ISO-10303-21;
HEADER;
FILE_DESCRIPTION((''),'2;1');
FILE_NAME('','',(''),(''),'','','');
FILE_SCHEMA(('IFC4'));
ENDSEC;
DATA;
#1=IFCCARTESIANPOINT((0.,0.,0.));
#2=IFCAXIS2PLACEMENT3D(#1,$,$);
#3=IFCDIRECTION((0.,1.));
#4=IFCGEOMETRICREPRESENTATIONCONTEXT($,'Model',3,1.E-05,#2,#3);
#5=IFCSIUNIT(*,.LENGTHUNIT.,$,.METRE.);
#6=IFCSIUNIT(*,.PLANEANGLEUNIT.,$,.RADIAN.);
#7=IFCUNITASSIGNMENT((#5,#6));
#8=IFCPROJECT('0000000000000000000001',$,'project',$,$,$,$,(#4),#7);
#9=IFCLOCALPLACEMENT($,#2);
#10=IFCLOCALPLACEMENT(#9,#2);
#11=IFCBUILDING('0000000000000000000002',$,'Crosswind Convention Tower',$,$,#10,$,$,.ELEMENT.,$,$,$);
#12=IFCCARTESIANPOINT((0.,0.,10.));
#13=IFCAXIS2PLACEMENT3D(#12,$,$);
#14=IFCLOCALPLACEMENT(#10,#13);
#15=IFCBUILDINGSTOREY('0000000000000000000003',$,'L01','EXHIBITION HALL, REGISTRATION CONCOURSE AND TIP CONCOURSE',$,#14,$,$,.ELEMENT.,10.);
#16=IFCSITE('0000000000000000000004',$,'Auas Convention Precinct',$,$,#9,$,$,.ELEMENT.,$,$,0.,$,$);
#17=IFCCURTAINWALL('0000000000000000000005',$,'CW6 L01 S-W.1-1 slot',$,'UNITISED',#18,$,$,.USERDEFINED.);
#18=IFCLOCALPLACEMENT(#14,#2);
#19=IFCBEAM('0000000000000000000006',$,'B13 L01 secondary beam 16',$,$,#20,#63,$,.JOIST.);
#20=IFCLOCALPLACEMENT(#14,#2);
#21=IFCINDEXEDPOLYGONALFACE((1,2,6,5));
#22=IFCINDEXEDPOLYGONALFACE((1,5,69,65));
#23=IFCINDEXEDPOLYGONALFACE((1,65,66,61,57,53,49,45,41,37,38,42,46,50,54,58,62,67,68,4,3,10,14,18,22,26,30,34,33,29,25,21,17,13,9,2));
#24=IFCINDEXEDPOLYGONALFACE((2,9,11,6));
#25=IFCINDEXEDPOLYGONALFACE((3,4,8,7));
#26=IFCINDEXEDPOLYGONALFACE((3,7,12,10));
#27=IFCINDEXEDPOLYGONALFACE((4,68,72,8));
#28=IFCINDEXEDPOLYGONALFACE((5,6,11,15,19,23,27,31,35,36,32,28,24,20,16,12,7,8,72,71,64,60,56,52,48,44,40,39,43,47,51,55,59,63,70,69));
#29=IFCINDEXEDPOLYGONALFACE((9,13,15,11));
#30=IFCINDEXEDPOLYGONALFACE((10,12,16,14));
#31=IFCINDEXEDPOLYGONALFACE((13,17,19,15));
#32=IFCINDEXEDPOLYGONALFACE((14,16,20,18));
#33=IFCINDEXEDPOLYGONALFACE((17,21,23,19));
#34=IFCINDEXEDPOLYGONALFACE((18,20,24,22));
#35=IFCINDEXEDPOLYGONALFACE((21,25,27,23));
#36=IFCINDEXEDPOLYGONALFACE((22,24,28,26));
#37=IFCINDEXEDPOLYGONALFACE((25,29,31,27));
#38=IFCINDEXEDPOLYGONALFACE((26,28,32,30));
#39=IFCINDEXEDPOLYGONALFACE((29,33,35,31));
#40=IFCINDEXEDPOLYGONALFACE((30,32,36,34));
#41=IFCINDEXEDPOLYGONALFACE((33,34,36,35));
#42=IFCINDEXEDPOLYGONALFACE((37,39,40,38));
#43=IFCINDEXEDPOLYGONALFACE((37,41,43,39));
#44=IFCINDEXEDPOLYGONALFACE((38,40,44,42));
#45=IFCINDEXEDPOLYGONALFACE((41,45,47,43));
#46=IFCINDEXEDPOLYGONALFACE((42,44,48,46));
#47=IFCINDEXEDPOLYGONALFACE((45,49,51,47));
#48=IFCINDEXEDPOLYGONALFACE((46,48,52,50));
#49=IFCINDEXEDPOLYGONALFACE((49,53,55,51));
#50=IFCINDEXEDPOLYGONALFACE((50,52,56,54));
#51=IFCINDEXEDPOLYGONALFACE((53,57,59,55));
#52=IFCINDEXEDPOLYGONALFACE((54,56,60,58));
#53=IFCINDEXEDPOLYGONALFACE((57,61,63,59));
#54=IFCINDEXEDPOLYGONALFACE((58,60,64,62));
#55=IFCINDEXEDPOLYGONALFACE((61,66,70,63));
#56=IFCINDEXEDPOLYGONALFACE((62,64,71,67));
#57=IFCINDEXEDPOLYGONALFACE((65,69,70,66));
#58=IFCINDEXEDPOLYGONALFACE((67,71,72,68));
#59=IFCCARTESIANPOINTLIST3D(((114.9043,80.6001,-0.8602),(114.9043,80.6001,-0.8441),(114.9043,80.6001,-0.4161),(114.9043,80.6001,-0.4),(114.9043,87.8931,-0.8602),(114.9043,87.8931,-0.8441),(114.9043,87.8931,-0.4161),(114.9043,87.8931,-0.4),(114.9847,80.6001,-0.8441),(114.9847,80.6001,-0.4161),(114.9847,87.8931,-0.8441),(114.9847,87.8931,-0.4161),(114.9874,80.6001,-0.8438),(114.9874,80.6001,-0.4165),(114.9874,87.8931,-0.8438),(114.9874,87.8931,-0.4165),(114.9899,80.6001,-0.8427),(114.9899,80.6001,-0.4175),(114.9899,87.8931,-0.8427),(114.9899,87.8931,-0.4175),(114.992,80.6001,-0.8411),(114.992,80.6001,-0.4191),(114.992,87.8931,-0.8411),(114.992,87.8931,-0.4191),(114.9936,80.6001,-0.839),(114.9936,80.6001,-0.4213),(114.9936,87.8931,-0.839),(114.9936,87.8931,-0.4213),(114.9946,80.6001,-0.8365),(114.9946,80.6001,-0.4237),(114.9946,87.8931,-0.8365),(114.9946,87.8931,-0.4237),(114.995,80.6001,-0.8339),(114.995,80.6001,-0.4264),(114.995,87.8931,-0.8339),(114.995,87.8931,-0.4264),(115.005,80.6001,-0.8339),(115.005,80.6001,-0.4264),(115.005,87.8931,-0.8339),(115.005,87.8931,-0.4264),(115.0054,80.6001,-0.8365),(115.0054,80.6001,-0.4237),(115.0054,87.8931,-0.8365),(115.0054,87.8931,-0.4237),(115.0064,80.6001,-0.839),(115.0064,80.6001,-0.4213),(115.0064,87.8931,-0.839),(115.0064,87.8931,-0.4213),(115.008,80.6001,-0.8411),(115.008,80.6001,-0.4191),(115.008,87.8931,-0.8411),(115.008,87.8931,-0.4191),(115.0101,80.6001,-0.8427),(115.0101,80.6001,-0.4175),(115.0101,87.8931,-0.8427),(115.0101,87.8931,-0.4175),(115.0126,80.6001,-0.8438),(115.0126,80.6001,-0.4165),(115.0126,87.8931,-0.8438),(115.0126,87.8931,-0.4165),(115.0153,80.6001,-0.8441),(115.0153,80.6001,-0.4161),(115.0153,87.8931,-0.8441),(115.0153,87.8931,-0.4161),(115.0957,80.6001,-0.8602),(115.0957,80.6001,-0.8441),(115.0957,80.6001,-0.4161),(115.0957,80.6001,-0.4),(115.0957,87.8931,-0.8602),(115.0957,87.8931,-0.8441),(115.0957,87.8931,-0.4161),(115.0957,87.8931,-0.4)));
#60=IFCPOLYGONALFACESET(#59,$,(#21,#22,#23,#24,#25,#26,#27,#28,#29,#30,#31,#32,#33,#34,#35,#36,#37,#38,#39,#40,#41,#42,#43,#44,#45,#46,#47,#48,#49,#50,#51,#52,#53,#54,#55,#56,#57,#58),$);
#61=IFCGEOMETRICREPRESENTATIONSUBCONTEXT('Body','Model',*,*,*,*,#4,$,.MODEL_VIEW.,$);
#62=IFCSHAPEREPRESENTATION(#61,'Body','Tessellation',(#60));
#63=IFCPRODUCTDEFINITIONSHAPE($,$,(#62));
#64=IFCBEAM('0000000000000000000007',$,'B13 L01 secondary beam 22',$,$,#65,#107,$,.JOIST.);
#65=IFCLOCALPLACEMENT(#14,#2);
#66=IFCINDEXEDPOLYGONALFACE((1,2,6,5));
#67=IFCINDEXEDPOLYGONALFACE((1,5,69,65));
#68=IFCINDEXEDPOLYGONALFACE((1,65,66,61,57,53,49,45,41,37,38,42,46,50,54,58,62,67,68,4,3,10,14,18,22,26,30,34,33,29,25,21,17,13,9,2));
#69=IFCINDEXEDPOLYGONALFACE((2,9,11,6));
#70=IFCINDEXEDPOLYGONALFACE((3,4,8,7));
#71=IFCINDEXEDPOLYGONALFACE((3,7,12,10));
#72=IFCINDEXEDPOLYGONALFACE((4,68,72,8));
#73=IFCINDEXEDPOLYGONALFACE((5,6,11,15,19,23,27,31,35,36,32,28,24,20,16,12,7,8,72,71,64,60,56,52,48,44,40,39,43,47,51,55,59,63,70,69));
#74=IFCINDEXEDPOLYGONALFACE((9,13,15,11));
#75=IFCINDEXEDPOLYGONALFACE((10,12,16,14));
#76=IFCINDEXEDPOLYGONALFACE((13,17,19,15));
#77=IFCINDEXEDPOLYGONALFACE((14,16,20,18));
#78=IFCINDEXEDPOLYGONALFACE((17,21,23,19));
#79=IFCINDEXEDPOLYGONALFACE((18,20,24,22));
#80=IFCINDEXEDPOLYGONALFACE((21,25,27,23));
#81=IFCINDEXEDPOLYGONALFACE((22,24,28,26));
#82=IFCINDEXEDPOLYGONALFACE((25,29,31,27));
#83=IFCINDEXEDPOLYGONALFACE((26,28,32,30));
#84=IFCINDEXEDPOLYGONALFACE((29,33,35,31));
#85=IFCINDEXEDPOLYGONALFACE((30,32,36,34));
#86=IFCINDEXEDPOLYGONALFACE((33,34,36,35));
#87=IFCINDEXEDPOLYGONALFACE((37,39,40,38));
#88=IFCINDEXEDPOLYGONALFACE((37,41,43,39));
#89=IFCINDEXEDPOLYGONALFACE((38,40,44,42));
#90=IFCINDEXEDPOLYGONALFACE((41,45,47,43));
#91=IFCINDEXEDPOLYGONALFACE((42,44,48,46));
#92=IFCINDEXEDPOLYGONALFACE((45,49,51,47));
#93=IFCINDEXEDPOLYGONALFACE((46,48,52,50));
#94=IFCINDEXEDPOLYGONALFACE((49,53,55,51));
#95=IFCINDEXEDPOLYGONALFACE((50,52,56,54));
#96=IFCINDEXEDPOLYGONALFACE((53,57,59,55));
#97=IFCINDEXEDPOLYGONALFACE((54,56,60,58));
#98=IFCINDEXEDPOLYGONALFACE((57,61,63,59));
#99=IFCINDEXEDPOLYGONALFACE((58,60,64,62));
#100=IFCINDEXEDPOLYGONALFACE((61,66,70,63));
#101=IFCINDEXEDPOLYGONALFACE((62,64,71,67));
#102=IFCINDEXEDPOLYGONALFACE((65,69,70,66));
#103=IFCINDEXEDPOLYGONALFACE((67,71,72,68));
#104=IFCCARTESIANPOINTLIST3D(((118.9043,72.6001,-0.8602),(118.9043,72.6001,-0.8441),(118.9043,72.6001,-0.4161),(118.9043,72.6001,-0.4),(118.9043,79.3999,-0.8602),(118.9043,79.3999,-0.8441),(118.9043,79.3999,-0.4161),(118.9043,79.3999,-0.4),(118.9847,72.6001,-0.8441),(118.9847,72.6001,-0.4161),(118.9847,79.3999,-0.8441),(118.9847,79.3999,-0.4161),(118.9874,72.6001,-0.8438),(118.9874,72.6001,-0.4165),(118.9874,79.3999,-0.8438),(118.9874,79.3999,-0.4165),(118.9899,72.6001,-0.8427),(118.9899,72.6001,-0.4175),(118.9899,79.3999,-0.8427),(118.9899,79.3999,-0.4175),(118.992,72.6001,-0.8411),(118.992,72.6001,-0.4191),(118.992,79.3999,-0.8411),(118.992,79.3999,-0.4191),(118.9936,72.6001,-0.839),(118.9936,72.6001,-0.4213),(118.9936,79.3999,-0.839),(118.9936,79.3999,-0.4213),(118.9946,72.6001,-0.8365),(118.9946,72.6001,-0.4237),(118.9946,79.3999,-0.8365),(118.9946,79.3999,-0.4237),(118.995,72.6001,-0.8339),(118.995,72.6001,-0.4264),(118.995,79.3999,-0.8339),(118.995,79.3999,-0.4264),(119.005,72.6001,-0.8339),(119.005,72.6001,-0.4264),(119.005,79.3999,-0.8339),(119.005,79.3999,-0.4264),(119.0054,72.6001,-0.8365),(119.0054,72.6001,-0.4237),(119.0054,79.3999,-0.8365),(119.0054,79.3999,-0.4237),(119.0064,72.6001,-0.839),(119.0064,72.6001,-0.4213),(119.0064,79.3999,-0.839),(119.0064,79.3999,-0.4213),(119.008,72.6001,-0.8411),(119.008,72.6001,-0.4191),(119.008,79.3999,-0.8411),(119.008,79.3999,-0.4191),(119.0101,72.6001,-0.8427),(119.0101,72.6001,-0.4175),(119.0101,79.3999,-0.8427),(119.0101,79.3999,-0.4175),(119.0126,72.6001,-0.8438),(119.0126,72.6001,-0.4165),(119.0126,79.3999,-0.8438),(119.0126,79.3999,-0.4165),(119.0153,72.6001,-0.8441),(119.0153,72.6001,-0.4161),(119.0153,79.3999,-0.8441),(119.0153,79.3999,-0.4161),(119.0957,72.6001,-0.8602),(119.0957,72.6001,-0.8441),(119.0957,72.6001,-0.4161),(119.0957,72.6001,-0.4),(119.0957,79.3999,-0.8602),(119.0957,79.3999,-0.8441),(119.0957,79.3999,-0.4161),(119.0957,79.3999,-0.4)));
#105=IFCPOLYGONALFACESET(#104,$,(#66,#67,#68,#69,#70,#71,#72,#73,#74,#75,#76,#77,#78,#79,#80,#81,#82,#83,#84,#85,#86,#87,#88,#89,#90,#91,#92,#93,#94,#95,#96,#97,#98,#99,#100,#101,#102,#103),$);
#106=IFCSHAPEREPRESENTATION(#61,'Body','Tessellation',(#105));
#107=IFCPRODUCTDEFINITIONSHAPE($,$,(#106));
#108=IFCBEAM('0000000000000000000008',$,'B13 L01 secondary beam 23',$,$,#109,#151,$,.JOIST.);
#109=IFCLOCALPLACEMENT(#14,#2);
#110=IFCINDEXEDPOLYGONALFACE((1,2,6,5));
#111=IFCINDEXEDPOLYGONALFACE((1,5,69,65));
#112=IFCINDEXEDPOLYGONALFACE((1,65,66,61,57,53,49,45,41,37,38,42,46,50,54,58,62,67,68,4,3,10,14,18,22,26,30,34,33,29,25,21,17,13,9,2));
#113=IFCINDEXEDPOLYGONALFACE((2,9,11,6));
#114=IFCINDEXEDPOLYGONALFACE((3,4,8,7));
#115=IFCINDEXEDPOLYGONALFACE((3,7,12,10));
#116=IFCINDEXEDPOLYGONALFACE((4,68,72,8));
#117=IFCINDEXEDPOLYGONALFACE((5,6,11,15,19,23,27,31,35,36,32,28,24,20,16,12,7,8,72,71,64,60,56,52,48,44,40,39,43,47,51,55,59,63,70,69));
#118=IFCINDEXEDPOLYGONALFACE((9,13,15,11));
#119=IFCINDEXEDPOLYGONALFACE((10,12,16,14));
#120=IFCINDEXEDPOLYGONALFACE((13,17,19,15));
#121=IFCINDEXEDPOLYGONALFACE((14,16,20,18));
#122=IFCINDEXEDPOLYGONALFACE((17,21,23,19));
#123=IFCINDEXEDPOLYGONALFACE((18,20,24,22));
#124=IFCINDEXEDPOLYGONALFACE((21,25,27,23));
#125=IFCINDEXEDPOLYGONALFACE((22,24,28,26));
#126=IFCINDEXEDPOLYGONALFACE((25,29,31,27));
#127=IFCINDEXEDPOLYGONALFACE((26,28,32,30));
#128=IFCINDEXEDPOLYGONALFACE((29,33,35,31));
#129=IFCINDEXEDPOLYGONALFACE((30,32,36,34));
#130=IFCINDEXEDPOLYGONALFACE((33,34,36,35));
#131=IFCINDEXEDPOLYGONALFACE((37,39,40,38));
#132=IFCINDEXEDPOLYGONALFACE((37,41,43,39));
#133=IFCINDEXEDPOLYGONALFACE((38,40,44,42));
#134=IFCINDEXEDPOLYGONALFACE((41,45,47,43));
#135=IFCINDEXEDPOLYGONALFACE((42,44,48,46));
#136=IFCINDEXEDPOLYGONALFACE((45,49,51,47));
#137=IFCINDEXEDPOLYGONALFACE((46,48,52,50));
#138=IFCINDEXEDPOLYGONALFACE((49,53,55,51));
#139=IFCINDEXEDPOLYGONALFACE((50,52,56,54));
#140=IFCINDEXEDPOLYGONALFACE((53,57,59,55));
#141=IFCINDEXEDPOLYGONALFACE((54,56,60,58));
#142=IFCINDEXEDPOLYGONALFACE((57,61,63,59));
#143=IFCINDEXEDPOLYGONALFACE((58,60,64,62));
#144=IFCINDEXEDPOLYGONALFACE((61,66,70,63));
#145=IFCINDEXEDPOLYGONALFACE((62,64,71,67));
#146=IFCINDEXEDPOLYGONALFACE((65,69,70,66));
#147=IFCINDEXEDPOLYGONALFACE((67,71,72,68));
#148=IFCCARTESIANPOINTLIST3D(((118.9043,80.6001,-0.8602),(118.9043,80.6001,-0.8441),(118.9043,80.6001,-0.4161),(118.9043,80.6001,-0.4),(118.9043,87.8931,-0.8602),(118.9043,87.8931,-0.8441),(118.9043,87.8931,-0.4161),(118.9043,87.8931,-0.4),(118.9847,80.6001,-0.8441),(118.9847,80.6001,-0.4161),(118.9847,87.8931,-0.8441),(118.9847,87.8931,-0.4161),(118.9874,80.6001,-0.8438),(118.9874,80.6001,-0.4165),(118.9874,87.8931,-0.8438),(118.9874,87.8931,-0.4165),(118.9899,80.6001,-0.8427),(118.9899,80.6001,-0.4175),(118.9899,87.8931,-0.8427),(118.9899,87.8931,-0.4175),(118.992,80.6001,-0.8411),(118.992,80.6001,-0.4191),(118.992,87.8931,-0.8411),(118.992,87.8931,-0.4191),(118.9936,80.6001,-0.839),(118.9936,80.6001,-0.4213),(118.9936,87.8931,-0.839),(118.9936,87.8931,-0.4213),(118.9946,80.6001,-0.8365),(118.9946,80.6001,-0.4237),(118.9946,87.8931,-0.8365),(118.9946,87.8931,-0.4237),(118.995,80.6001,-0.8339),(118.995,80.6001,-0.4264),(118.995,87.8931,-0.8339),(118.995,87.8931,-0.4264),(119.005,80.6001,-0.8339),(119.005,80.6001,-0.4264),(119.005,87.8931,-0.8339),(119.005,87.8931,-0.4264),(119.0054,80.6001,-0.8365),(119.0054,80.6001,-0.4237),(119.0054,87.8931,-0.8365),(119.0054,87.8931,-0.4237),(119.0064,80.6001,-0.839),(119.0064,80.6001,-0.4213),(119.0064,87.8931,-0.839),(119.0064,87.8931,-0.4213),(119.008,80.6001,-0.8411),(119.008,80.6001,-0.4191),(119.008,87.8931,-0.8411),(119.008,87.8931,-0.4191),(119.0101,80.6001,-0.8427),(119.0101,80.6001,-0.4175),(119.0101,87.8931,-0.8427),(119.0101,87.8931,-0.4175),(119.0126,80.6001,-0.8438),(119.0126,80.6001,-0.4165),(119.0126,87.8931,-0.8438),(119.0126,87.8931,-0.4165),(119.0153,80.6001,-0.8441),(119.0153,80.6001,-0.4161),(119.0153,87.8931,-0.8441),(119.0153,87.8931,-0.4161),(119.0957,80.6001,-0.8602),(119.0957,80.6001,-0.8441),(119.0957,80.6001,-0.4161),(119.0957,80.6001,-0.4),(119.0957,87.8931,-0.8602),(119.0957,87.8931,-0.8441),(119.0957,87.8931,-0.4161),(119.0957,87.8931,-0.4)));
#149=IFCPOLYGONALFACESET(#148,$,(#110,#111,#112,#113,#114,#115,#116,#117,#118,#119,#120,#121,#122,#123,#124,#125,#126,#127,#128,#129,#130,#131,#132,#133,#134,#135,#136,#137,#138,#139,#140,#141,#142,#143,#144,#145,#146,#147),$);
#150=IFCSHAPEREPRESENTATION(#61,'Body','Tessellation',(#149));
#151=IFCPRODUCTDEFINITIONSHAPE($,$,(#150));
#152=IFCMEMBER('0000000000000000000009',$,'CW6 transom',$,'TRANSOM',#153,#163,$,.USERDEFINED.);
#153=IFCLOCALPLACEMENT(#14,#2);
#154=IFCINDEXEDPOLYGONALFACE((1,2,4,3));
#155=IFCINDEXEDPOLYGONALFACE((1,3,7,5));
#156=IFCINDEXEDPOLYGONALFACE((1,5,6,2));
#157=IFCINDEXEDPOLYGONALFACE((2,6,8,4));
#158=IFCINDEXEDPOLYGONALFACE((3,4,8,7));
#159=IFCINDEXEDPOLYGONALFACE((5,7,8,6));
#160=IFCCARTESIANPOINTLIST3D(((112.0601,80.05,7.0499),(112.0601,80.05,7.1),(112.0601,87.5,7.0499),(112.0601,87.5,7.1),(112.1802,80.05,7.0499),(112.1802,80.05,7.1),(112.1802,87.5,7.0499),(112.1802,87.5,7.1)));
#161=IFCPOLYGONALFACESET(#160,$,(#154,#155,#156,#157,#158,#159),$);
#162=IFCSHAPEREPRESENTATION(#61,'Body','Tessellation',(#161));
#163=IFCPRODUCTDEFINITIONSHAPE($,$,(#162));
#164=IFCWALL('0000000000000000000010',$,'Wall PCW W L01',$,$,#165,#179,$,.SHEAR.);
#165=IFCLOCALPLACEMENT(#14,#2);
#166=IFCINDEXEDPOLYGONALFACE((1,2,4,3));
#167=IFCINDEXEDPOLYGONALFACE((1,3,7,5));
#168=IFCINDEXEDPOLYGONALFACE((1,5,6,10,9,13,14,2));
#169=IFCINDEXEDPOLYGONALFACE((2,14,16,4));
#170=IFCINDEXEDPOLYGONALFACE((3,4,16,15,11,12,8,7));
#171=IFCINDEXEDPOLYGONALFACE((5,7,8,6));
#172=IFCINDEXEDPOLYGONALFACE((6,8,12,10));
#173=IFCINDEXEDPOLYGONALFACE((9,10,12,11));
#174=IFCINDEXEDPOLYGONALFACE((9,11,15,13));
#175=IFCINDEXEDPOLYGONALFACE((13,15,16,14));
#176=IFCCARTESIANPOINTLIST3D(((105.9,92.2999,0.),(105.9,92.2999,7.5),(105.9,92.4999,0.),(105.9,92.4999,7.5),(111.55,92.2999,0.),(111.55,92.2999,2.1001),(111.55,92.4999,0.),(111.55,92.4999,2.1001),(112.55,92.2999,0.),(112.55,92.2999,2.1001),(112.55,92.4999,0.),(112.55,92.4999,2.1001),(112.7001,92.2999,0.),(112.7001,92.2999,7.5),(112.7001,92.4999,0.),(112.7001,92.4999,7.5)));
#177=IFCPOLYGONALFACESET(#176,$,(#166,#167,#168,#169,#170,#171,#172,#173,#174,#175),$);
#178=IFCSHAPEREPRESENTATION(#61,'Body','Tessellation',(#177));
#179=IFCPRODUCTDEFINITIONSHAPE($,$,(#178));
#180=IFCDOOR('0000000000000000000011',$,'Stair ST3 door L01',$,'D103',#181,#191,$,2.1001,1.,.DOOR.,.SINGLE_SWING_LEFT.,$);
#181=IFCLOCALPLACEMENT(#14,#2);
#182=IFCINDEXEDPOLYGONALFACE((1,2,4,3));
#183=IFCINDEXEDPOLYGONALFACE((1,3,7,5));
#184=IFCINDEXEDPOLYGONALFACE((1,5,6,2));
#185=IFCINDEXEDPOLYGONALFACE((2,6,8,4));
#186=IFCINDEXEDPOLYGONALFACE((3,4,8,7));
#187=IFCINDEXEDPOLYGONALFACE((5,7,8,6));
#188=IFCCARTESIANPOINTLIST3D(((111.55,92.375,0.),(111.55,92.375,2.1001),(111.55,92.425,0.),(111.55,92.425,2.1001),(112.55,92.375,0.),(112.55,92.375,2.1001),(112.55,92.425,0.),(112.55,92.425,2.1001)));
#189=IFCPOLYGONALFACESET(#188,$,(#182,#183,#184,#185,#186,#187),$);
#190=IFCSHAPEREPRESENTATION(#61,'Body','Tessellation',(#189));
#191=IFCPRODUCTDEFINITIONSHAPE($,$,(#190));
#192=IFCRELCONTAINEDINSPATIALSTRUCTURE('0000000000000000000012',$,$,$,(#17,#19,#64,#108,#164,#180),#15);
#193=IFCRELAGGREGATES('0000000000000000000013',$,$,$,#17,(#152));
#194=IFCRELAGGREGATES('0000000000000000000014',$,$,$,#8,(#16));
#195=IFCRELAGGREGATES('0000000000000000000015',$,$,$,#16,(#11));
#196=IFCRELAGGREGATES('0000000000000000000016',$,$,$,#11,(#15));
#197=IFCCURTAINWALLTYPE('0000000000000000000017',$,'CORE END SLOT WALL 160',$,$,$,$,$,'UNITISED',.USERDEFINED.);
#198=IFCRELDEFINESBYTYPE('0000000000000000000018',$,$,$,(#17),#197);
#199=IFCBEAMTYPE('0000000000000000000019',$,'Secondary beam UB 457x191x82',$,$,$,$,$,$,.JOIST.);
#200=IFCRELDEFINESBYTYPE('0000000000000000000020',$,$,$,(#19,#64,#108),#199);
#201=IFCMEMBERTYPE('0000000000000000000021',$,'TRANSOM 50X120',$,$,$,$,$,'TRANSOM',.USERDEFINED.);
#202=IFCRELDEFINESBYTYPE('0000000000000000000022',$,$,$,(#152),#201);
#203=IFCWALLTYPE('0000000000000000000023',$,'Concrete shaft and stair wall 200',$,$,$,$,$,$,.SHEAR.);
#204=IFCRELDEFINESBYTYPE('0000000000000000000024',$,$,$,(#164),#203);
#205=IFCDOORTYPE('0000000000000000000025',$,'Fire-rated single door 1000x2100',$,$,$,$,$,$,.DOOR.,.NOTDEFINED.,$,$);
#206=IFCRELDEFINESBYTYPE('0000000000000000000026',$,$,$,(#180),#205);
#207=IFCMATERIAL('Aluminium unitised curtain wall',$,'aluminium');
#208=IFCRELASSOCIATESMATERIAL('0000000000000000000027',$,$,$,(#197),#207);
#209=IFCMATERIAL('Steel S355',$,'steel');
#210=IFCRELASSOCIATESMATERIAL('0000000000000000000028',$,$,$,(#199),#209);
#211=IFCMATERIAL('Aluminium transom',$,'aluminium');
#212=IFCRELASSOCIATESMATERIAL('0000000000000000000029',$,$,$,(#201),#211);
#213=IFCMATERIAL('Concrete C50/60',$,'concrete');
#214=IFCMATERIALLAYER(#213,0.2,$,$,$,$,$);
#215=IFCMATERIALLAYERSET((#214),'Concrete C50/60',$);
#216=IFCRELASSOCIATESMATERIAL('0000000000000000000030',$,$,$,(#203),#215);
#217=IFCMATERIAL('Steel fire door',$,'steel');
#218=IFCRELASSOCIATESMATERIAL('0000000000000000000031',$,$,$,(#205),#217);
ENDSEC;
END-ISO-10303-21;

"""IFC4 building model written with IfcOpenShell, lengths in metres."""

from ifc_helpers import new_model, si_unit, direction, frame, frame_2d, origin, origin_2d, place, context, subcontext, project, spatial, rectangle, i_section, extrude, material, layer, layer_set, material_profile, profile_set, type_object, element, fill, aggregate, save


model = new_model("IFC4")

# Units and contexts
model_context = context("Model", 3, precision=1e-05, world=origin(), true_north=direction((0.0, 1.0)))
body_context = subcontext(model_context, "Body", "Model", "MODEL_VIEW")
ifc_project = project(units=[si_unit("LENGTHUNIT", "METRE"), si_unit("PLANEANGLEUNIT", "RADIAN")], contexts=[model_context])

# Site, building, storey
site_placement = place(None, origin())
site = spatial("IfcSite", under=ifc_project, at=site_placement, Name="Auas Convention Precinct", CompositionType="ELEMENT", RefElevation=0.0)
building_placement = place(site_placement, origin())
building = spatial("IfcBuilding", under=site, at=building_placement, Name="Crosswind Convention Tower", CompositionType="ELEMENT")
storey_placement = place(building_placement, frame((0.0, 0.0, 10.0)))
storey = spatial("IfcBuildingStorey", under=building, at=storey_placement, Name="L01", Description="EXHIBITION HALL, REGISTRATION CONCOURSE AND TIP CONCOURSE", CompositionType="ELEMENT", Elevation=10.0)

# Shared definitions
ifc_material_1 = material(Name="Steel S355", Category="steel")

# Curtain wall
ifc_material_2 = material(Name="Aluminium unitised curtain wall", Category="aluminium")
curtain_wall_type = type_object("IfcCurtainWallType", Name="CORE END SLOT WALL 160", ElementType="UNITISED", PredefinedType="USERDEFINED", material=ifc_material_2)
curtain_wall_placement = place(storey_placement, origin())
curtain_wall = element("IfcCurtainWall", 1, at=curtain_wall_placement, inside=storey, type_object=curtain_wall_type, Name="CW6 L01 S-W.1-1 slot", ObjectType="UNITISED", PredefinedType="USERDEFINED")

# Beams
ifc_material_profile_1 = material_profile(ifc_material_1, i_section(OverallWidth=0.1914, OverallDepth=0.4602, WebThickness=0.01, FlangeThickness=0.0161, FilletRadius=0.0103, at=origin_2d()), Name="UB 457x191x82")
ifc_profile_set_1 = profile_set([ifc_material_profile_1], Name="Steel S355")
beam_type_1 = type_object("IfcBeamType", Name="Secondary beam UB 457x191x82", PredefinedType="JOIST", material=ifc_profile_set_1)
beam_1_placement = place(storey_placement, frame((115.0, 80.6001, -0.6301), z_axis=(0.0, 1.0, 0.0), x_axis=(-1.0, 0.0, 0.0)))
element("IfcBeam", 2, at=beam_1_placement, inside=storey, type_object=beam_type_1, Name="B13 L01 secondary beam 16", PredefinedType="JOIST", context=body_context, shape_type="SweptSolid", body=[
    extrude(i_section(OverallWidth=0.1914, OverallDepth=0.4602, WebThickness=0.01, FlangeThickness=0.0161, FilletRadius=0.0103, at=origin_2d()), origin(), (0.0, 0.0, 1.0), 7.293),
])
beam_2_placement = place(storey_placement, frame((119.0, 72.6001, -0.6301), z_axis=(0.0, 1.0, 0.0), x_axis=(-1.0, 0.0, 0.0)))
element("IfcBeam", 3, at=beam_2_placement, inside=storey, type_object=beam_type_1, Name="B13 L01 secondary beam 22", PredefinedType="JOIST", context=body_context, shape_type="SweptSolid", body=[
    extrude(i_section(OverallWidth=0.1914, OverallDepth=0.4602, WebThickness=0.01, FlangeThickness=0.0161, FilletRadius=0.0103, at=origin_2d()), origin(), (0.0, 0.0, 1.0), 6.7998),
])
beam_3_placement = place(storey_placement, frame((119.0, 80.6001, -0.6301), z_axis=(0.0, 1.0, 0.0), x_axis=(-1.0, 0.0, 0.0)))
element("IfcBeam", 4, at=beam_3_placement, inside=storey, type_object=beam_type_1, Name="B13 L01 secondary beam 23", PredefinedType="JOIST", context=body_context, shape_type="SweptSolid", body=[
    extrude(i_section(OverallWidth=0.1914, OverallDepth=0.4602, WebThickness=0.01, FlangeThickness=0.0161, FilletRadius=0.0103, at=origin_2d()), origin(), (0.0, 0.0, 1.0), 7.293),
])

# Member
ifc_material_3 = material(Name="Aluminium transom", Category="aluminium")
ifc_material_profile_2 = material_profile(ifc_material_3, rectangle(XDim=0.1201, YDim=0.05, at=origin_2d()), Name="AL 120X50")
ifc_profile_set_2 = profile_set([ifc_material_profile_2], Name="Aluminium transom")
member_type_1 = type_object("IfcMemberType", Name="TRANSOM 50X120", ElementType="TRANSOM", PredefinedType="USERDEFINED", material=ifc_profile_set_2)
member_1_placement = place(storey_placement, frame((112.1201, 87.5, 7.075), z_axis=(0.0, -1.0, 0.0), x_axis=(1.0, 0.0, 0.0)))
member_1 = element("IfcMember", 5, at=member_1_placement, type_object=member_type_1, Name="CW6 transom", ObjectType="TRANSOM", PredefinedType="USERDEFINED", context=body_context, shape_type="SweptSolid", body=[
    extrude(rectangle(XDim=0.1201, YDim=0.05, at=origin_2d()), origin(), (0.0, 0.0, 1.0), 7.45),
])
aggregate(curtain_wall, [member_1])

# Wall, opening, door
ifc_material_4 = material(Name="Concrete C50/60", Category="concrete")
ifc_layer_1 = layer(ifc_material_4, 0.2)
ifc_layer_set_1 = layer_set([ifc_layer_1], Name="Concrete C50/60")
wall_type_1 = type_object("IfcWallType", Name="Concrete shaft and stair wall 200", PredefinedType="SHEAR", material=ifc_layer_set_1)
wall_1_placement = place(storey_placement, frame((112.7, 92.3999, 0.0), z_axis=(0.0, 0.0, 1.0), x_axis=(-1.0, 0.0, 0.0)))
wall_1 = element("IfcWall", 6, at=wall_1_placement, inside=storey, type_object=wall_type_1, Name="Wall PCW W L01", PredefinedType="SHEAR", context=body_context, shape_type="SweptSolid", body=[
    extrude(rectangle(XDim=6.8, YDim=0.2, at=frame_2d((3.3999, 0.0))), origin(), (0.0, 0.0, 1.0), 7.5),
])
opening_1_placement = place(wall_1_placement, frame((0.1499, 0.0, 0.0)))
opening_1 = element("IfcOpeningElement", 7, at=opening_1_placement, cuts=wall_1, PredefinedType="OPENING", context=body_context, shape_type="SweptSolid", body=[
    extrude(rectangle(XDim=1.0, YDim=2.1001, at=frame_2d((0.5, 1.05))), frame((0.0, 0.1099, 0.0), z_axis=(0.0, -1.0, 0.0), x_axis=(1.0, 0.0, 0.0)), (0.0, 0.0, 1.0), 0.22),
])
ifc_material_5 = material(Name="Steel fire door", Category="steel")
door_type_1 = type_object("IfcDoorType", Name="Fire-rated single door 1000x2100", OperationType="NOTDEFINED", PredefinedType="DOOR", material=ifc_material_5)
door_1_placement = place(opening_1_placement, origin())
door_1 = element("IfcDoor", 8, at=door_1_placement, inside=storey, type_object=door_type_1, Name="Stair ST3 door L01", ObjectType="D103", OperationType="SINGLE_SWING_LEFT", OverallHeight=2.1001, OverallWidth=1.0, PredefinedType="DOOR", context=body_context, shape_type="SweptSolid", body=[
    extrude(rectangle(XDim=1.0, YDim=2.1001, at=frame_2d((0.5, 1.05))), frame((0.0, 0.0249, 0.0), z_axis=(0.0, -1.0, 0.0), x_axis=(1.0, 0.0, 0.0)), (0.0, 0.0, 1.0), 0.05),
])
fill(opening_1, door_1)

save(model, "model.ifc")
